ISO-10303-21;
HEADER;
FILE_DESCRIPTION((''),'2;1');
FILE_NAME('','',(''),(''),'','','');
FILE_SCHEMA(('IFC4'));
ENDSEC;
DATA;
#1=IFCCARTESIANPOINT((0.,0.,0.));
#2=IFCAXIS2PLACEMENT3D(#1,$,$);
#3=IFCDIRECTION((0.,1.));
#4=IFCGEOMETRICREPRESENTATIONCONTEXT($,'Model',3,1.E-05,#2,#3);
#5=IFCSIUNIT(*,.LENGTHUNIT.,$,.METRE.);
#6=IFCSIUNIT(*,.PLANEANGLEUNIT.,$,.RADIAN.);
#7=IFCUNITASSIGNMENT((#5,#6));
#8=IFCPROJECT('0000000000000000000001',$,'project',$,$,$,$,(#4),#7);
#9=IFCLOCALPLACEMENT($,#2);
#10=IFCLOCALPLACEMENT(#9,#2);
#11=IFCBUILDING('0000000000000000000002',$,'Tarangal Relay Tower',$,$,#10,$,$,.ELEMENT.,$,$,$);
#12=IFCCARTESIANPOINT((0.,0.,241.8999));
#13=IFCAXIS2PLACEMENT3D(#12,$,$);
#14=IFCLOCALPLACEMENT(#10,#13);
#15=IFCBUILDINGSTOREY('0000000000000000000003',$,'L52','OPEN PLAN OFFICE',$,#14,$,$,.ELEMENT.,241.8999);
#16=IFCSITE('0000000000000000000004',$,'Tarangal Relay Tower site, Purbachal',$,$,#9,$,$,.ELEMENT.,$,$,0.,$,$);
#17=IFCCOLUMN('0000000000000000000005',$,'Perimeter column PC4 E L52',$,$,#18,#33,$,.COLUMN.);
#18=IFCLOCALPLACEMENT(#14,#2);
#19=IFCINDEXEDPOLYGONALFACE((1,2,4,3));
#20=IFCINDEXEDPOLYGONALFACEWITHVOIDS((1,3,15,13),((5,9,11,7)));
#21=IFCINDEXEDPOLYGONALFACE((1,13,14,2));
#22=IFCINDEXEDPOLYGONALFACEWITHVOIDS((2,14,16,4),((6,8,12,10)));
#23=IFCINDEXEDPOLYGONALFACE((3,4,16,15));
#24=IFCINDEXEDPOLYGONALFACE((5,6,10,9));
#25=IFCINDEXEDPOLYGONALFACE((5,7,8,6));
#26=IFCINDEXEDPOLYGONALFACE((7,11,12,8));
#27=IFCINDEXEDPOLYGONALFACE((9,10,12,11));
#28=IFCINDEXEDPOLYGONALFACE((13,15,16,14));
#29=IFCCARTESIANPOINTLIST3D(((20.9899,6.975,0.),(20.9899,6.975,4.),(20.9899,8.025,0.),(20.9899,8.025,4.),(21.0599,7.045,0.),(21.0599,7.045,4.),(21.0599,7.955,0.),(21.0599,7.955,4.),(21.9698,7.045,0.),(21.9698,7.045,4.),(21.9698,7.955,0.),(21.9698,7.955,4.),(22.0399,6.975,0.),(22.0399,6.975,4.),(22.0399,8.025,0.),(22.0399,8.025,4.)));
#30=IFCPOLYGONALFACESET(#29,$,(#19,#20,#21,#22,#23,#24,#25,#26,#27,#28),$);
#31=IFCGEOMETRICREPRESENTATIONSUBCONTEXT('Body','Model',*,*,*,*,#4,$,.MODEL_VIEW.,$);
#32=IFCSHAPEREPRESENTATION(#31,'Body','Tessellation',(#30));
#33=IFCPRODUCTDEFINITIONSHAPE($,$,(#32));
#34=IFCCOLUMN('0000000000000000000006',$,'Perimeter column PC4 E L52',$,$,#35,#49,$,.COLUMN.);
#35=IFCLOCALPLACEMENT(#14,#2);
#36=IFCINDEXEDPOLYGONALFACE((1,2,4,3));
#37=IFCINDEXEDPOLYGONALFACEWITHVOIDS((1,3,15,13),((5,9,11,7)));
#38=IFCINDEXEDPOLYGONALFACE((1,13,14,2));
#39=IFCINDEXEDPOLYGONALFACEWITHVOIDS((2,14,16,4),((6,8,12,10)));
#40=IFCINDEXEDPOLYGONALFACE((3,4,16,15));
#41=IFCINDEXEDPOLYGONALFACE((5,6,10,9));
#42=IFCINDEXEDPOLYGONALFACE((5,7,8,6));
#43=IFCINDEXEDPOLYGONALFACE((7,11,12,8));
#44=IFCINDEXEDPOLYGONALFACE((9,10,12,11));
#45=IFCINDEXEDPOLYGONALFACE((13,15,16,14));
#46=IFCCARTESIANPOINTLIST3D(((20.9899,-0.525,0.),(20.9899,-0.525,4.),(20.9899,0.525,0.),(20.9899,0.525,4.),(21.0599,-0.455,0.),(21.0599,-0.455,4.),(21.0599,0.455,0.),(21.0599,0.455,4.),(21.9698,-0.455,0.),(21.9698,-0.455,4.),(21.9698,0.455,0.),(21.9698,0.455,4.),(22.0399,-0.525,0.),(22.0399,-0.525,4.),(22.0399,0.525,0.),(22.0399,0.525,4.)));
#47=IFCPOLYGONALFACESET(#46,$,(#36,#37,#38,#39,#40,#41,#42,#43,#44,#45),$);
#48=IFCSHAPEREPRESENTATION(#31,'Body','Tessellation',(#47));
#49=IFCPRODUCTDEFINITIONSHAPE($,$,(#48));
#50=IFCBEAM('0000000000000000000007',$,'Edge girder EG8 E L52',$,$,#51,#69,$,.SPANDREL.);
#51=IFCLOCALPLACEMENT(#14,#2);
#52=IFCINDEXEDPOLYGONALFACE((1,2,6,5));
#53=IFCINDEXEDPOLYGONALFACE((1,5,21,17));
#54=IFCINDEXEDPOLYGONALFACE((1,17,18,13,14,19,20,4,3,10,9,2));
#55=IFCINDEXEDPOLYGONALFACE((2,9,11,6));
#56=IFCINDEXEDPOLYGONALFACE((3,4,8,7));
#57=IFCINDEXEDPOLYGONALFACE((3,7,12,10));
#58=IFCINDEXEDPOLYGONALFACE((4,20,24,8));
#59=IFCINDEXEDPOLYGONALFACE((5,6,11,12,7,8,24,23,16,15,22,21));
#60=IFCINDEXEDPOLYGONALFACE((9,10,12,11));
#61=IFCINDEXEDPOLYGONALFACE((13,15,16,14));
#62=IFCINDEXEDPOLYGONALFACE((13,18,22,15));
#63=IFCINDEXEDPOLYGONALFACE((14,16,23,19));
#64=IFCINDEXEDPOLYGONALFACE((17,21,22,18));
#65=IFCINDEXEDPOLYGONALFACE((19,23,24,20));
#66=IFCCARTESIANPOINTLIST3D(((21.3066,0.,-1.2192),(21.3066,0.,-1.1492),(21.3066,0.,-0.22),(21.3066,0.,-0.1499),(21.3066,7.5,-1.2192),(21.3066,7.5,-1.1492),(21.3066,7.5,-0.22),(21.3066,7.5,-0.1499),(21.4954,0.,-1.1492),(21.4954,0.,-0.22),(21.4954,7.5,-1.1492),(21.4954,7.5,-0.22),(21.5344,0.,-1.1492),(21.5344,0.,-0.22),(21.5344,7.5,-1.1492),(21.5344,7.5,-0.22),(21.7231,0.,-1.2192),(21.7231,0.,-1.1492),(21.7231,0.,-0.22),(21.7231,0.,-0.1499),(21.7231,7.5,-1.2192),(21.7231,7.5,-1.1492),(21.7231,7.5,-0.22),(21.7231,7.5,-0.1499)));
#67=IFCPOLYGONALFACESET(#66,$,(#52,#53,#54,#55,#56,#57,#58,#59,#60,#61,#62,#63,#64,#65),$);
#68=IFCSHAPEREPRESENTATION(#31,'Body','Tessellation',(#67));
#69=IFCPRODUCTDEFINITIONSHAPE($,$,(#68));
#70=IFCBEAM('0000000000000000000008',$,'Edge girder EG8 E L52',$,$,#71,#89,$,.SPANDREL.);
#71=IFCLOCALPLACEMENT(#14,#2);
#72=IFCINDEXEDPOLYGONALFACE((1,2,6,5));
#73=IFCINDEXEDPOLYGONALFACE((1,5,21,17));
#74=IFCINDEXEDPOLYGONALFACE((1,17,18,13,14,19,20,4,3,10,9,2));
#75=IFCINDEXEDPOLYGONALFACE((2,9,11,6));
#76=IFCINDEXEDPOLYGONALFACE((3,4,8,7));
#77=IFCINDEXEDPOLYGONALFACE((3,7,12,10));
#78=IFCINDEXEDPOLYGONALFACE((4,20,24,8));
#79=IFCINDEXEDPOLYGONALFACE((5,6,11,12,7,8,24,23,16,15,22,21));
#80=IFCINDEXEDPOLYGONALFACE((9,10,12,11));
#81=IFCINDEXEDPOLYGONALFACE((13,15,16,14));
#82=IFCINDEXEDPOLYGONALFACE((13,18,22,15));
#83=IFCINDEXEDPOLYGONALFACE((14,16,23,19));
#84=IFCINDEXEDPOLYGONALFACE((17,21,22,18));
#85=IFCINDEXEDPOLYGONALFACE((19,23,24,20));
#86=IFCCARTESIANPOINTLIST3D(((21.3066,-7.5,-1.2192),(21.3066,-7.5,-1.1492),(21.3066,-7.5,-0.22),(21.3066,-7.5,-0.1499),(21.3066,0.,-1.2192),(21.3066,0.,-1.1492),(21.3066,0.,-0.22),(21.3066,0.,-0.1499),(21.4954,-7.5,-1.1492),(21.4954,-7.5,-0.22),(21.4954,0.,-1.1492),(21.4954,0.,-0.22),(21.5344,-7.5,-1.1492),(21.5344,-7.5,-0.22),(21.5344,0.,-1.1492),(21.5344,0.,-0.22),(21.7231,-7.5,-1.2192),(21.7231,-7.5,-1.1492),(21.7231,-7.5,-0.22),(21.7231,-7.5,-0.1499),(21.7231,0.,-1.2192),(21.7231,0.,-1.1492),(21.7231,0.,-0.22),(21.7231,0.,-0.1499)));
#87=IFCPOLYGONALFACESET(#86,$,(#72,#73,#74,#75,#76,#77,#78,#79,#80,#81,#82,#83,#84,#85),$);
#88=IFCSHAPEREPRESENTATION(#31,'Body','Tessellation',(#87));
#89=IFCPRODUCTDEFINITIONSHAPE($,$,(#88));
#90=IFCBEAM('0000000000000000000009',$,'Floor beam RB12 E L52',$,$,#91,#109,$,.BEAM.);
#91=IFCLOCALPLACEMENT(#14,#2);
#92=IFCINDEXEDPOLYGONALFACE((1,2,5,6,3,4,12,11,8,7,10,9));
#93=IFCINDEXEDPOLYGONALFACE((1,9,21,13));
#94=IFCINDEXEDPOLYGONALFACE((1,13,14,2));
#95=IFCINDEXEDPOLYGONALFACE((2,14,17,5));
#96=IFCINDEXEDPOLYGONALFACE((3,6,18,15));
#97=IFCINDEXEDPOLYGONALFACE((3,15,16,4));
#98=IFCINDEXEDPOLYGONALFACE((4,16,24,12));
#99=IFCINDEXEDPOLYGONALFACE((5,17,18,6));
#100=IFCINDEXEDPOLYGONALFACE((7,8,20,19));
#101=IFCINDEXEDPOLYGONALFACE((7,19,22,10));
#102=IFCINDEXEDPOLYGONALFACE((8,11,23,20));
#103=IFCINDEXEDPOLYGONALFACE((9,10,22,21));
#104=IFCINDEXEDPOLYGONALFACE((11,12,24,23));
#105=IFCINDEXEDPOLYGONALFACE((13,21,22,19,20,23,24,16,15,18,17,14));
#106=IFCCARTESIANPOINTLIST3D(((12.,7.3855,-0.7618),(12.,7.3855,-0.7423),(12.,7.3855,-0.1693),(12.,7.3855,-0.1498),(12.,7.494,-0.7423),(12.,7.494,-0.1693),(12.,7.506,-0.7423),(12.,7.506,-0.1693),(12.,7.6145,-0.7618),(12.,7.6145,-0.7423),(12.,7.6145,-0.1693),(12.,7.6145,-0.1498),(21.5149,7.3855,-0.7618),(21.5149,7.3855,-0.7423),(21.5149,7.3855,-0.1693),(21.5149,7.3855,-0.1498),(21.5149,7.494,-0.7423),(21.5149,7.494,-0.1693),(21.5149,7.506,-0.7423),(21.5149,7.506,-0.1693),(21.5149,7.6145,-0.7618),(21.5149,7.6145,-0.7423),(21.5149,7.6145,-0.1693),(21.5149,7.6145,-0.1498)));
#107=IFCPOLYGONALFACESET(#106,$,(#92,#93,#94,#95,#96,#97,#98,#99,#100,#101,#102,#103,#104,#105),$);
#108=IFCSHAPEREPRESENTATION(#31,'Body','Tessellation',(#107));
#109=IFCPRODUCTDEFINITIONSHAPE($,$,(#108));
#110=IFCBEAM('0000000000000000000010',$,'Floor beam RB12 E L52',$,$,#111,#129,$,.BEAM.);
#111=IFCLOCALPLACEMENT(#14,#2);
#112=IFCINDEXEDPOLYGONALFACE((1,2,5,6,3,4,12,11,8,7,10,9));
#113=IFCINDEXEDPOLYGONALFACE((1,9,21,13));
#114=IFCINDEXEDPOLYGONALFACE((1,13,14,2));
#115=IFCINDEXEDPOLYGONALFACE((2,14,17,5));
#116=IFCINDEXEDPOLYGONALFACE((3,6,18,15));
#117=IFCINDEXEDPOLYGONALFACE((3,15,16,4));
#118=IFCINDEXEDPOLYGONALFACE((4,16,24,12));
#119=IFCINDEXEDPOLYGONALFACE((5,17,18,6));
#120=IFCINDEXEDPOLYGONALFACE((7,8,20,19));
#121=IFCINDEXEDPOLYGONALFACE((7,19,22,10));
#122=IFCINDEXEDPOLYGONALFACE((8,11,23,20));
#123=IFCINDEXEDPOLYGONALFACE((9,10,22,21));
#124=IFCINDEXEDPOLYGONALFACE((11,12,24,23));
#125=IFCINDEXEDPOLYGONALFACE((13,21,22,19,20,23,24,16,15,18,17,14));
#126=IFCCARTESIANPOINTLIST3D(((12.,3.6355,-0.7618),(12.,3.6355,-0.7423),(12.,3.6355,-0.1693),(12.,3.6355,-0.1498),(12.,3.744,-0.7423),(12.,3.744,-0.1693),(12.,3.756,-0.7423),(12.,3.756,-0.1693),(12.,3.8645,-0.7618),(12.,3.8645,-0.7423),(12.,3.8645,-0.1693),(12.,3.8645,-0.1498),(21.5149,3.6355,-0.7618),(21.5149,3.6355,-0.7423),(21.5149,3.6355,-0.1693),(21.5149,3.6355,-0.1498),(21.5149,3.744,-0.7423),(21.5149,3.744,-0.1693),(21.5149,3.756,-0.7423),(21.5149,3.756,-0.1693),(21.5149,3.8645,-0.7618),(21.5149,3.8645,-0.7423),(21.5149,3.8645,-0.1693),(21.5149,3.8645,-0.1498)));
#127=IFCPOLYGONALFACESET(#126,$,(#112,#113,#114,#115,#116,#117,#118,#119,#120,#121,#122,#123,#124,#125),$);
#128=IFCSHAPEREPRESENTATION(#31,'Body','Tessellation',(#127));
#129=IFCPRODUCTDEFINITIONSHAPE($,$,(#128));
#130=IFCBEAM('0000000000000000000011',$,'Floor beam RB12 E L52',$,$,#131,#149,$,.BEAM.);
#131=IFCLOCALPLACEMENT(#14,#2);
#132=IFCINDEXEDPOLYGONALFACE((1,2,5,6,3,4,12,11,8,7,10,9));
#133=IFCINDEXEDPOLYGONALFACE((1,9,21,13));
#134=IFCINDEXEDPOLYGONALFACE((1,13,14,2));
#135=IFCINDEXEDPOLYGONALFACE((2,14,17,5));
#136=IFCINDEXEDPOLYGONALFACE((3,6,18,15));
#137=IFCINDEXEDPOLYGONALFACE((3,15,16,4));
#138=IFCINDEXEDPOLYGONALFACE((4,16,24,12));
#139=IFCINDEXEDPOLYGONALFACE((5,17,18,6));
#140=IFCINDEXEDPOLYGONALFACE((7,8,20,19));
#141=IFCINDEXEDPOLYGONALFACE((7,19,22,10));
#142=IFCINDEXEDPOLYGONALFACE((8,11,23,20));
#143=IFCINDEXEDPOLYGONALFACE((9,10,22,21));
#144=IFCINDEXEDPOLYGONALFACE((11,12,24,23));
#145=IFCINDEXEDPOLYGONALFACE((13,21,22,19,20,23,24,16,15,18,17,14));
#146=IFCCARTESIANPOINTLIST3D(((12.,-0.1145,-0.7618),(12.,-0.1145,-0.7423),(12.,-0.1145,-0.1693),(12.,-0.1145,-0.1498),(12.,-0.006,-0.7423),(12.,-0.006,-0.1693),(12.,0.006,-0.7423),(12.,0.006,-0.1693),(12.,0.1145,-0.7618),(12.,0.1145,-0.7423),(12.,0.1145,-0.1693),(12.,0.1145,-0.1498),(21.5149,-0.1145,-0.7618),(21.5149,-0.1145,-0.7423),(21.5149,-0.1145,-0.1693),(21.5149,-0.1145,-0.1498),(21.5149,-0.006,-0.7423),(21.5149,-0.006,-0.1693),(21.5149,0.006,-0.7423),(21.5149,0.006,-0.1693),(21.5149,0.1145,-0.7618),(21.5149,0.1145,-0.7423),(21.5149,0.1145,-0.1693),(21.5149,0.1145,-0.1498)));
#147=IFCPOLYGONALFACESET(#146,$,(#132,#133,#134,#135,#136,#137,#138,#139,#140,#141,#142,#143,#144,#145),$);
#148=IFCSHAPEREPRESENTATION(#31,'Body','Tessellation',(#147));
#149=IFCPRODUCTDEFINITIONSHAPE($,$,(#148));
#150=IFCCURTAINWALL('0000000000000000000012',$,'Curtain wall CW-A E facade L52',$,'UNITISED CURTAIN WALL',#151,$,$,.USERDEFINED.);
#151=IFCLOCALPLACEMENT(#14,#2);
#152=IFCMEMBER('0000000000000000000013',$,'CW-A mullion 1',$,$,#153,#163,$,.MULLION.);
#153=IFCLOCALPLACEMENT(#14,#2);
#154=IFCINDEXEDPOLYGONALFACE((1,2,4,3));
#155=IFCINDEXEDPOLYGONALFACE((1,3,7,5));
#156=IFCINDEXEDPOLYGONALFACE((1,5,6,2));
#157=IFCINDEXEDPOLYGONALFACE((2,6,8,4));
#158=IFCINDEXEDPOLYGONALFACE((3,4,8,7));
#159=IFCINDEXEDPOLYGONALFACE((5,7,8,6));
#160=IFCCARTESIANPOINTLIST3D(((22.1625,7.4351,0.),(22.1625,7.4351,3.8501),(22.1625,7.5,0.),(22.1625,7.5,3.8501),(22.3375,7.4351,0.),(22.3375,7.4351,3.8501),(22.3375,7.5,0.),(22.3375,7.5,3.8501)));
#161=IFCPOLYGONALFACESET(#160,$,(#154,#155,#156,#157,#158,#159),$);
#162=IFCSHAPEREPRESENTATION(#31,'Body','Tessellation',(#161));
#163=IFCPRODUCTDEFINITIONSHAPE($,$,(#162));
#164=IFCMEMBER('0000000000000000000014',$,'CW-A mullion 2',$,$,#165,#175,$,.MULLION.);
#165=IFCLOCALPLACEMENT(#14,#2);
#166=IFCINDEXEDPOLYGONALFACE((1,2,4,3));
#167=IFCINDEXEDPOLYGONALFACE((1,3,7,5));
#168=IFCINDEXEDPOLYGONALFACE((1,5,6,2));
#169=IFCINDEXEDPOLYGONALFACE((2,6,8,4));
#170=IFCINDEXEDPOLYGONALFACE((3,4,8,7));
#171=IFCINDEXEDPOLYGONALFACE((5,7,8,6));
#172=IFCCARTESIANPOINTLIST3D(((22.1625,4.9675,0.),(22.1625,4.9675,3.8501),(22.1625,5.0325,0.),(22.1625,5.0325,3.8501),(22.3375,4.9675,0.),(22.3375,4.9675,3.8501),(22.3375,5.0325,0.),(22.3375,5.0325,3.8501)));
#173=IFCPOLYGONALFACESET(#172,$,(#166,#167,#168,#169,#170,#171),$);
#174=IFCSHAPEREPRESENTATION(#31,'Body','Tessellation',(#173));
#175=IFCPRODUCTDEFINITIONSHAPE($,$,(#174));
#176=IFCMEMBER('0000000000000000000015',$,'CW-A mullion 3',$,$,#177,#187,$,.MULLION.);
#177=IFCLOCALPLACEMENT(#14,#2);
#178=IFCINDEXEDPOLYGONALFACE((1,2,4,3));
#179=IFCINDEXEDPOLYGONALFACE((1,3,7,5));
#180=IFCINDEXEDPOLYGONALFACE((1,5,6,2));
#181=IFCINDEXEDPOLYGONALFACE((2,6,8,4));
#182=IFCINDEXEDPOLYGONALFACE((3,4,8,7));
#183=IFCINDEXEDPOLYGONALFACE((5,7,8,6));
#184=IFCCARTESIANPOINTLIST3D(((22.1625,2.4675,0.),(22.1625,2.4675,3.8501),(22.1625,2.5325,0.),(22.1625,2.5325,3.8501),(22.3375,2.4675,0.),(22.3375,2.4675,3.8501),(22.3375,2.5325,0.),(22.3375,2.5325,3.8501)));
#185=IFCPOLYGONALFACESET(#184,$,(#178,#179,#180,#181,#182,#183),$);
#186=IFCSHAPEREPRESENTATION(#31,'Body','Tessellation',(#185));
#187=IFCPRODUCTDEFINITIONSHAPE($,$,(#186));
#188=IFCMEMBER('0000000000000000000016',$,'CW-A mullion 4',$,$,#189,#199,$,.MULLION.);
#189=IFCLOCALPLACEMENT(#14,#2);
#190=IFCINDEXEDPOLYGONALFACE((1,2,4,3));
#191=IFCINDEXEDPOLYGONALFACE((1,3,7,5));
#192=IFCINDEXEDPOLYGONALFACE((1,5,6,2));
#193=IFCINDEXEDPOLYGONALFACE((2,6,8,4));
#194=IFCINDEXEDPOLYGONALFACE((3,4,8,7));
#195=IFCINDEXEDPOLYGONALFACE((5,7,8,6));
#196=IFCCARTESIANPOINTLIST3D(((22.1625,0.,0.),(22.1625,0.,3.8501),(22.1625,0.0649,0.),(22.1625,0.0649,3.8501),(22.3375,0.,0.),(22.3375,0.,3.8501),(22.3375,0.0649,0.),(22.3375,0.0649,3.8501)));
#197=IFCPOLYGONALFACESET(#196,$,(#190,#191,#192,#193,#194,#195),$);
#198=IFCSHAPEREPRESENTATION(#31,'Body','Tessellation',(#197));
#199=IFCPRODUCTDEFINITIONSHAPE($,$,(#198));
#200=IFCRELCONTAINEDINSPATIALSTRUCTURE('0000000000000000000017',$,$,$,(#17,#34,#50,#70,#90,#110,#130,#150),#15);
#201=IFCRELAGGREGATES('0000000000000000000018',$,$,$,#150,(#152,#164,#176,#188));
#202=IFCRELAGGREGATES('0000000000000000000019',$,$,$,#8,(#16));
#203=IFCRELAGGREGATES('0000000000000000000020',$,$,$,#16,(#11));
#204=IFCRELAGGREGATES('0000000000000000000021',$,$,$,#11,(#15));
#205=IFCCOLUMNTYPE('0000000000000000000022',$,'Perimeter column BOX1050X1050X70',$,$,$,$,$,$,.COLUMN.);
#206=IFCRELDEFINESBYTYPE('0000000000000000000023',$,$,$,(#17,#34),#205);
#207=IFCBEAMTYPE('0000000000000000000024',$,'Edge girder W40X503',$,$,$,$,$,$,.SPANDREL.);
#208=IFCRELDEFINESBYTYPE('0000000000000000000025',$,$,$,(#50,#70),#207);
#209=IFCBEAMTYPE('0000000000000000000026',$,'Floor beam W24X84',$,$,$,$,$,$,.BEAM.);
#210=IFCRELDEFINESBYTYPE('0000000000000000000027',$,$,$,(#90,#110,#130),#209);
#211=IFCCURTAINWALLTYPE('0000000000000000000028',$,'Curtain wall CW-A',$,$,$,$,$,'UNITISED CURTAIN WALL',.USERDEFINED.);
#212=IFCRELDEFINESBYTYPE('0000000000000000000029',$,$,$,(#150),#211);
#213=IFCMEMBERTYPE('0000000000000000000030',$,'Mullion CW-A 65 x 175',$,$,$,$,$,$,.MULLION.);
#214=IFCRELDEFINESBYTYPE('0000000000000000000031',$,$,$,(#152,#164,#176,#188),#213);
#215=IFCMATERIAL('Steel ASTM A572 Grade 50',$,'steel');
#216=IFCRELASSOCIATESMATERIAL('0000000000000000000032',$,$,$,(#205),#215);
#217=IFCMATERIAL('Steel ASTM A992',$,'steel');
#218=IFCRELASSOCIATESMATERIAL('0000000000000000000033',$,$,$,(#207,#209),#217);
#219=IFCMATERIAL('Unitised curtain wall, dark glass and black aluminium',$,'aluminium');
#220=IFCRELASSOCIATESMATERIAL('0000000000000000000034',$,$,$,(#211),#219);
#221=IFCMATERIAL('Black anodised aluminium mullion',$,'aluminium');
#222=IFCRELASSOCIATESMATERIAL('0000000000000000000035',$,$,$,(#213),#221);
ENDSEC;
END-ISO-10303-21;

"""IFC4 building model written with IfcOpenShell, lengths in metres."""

from ifc_helpers import new_model, si_unit, direction, frame, origin, origin_2d, place, context, subcontext, project, spatial, rectangle, hollow_rectangle, i_section, extrude, material, material_profile, profile_set, type_object, element, aggregate, save


model = new_model("IFC4")

# Units and contexts
model_context = context("Model", 3, precision=1e-05, world=origin(), true_north=direction((0.0, 1.0)))
body_context = subcontext(model_context, "Body", "Model", "MODEL_VIEW")
ifc_project = project(units=[si_unit("LENGTHUNIT", "METRE"), si_unit("PLANEANGLEUNIT", "RADIAN")], contexts=[model_context])

# Site, building, storey
site_placement = place(None, origin())
site = spatial("IfcSite", under=ifc_project, at=site_placement, Name="Tarangal Relay Tower site, Purbachal", CompositionType="ELEMENT", RefElevation=0.0)
building_placement = place(site_placement, origin())
building = spatial("IfcBuilding", under=site, at=building_placement, Name="Tarangal Relay Tower", CompositionType="ELEMENT")
storey_placement = place(building_placement, frame((0.0, 0.0, 241.8999)))
storey = spatial("IfcBuildingStorey", under=building, at=storey_placement, Name="L52", Description="OPEN PLAN OFFICE", CompositionType="ELEMENT", Elevation=241.8999)

# Columns
ifc_material_1 = material(Name="Steel ASTM A572 Grade 50", Category="steel")
ifc_material_profile_1 = material_profile(ifc_material_1, hollow_rectangle(XDim=1.05, YDim=1.05, WallThickness=0.0701, at=origin_2d()), Name="BOX1050X1050X70")
ifc_profile_set_1 = profile_set([ifc_material_profile_1], Name="Steel ASTM A572 Grade 50")
column_type = type_object("IfcColumnType", Name="Perimeter column BOX1050X1050X70", PredefinedType="COLUMN", material=ifc_profile_set_1)
for number, where, z_axis, x_axis, name in (
    (1, (21.5149, 7.5, 0.0), (0.0, 0.0, 1.0), (1.0, 0.0, 0.0), "Perimeter column PC4 E L52"),
    (2, (21.5149, 0.0, 0.0), (0.0, 0.0, 1.0), (1.0, 0.0, 0.0), "Perimeter column PC4 E L52"),
):
    element("IfcColumn", number, at=place(storey_placement, frame(where, z_axis=z_axis, x_axis=x_axis)), inside=storey, type_object=column_type, Name=name, PredefinedType="COLUMN", context=body_context, shape_type="SweptSolid", body=[
        extrude(hollow_rectangle(XDim=1.05, YDim=1.05, WallThickness=0.0701, at=origin_2d()), origin(), (0.0, 0.0, 1.0), 4.0),
    ])

# Beams
ifc_material_2 = material(Name="Steel ASTM A992", Category="steel")
ifc_material_profile_2 = material_profile(ifc_material_2, i_section(OverallWidth=0.4165, OverallDepth=1.0693, WebThickness=0.0391, FlangeThickness=0.0701, at=origin_2d()), Name="W40X503")
ifc_profile_set_2 = profile_set([ifc_material_profile_2], Name="Steel ASTM A992")
beam_type_1 = type_object("IfcBeamType", Name="Edge girder W40X503", PredefinedType="SPANDREL", material=ifc_profile_set_2)
for number, where, z_axis, x_axis, name in (
    (3, (21.5149, 7.5, -0.6846), (0.0, -1.0, 0.0), (1.0, 0.0, 0.0), "Edge girder EG8 E L52"),
    (4, (21.5149, 0.0, -0.6846), (0.0, -1.0, 0.0), (1.0, 0.0, 0.0), "Edge girder EG8 E L52"),
):
    element("IfcBeam", number, at=place(storey_placement, frame(where, z_axis=z_axis, x_axis=x_axis)), inside=storey, type_object=beam_type_1, Name=name, PredefinedType="SPANDREL", context=body_context, shape_type="SweptSolid", body=[
        extrude(i_section(OverallWidth=0.4165, OverallDepth=1.0693, WebThickness=0.0391, FlangeThickness=0.0701, at=origin_2d()), origin(), (0.0, 0.0, 1.0), 7.5),
    ])
ifc_material_profile_3 = material_profile(ifc_material_2, i_section(OverallWidth=0.229, OverallDepth=0.6121, WebThickness=0.012, FlangeThickness=0.0195, at=origin_2d()), Name="W24X84")
ifc_profile_set_3 = profile_set([ifc_material_profile_3], Name="Steel ASTM A992")
beam_type_2 = type_object("IfcBeamType", Name="Floor beam W24X84", PredefinedType="BEAM", material=ifc_profile_set_3)
for number, where, z_axis, x_axis, name in (
    (5, (12.0, 7.5, -0.4558), (1.0, 0.0, 0.0), (0.0, 1.0, 0.0), "Floor beam RB12 E L52"),
    (6, (12.0, 3.75, -0.4558), (1.0, 0.0, 0.0), (0.0, 1.0, 0.0), "Floor beam RB12 E L52"),
    (7, (12.0, 0.0, -0.4558), (1.0, 0.0, 0.0), (0.0, 1.0, 0.0), "Floor beam RB12 E L52"),
):
    element("IfcBeam", number, at=place(storey_placement, frame(where, z_axis=z_axis, x_axis=x_axis)), inside=storey, type_object=beam_type_2, Name=name, PredefinedType="BEAM", context=body_context, shape_type="SweptSolid", body=[
        extrude(i_section(OverallWidth=0.229, OverallDepth=0.6121, WebThickness=0.012, FlangeThickness=0.0195, at=origin_2d()), origin(), (0.0, 0.0, 1.0), 9.5149),
    ])

# Curtain wall, members
ifc_material_3 = material(Name="Unitised curtain wall, dark glass and black aluminium", Category="aluminium")
curtain_wall_type_1 = type_object("IfcCurtainWallType", Name="Curtain wall CW-A", ElementType="UNITISED CURTAIN WALL", PredefinedType="USERDEFINED", material=ifc_material_3)
curtain_wall_1_placement = place(storey_placement, origin())
curtain_wall_1 = element("IfcCurtainWall", 8, at=curtain_wall_1_placement, inside=storey, type_object=curtain_wall_type_1, Name="Curtain wall CW-A E facade L52", ObjectType="UNITISED CURTAIN WALL", PredefinedType="USERDEFINED")
ifc_material_4 = material(Name="Black anodised aluminium mullion", Category="aluminium")
ifc_material_profile_4 = material_profile(ifc_material_4, rectangle(XDim=0.175, YDim=0.0649, at=origin_2d()), Name="CW-AM 65X175")
ifc_profile_set_4 = profile_set([ifc_material_profile_4], Name="Black anodised aluminium mullion")
member_type_1 = type_object("IfcMemberType", Name="Mullion CW-A 65 x 175", PredefinedType="MULLION", material=ifc_profile_set_4)
member_1_placement = place(storey_placement, frame((22.25, 7.4675, 0.0), z_axis=(0.0, 0.0, 1.0), x_axis=(1.0, 0.0, 0.0)))
member_1 = element("IfcMember", 9, at=member_1_placement, type_object=member_type_1, Name="CW-A mullion 1", PredefinedType="MULLION", context=body_context, shape_type="SweptSolid", body=[
    extrude(rectangle(XDim=0.175, YDim=0.0649, at=origin_2d()), origin(), (0.0, 0.0, 1.0), 3.8501),
])
member_2_placement = place(storey_placement, frame((22.25, 5.0, 0.0), z_axis=(0.0, 0.0, 1.0), x_axis=(1.0, 0.0, 0.0)))
member_2 = element("IfcMember", 10, at=member_2_placement, type_object=member_type_1, Name="CW-A mullion 2", PredefinedType="MULLION", context=body_context, shape_type="SweptSolid", body=[
    extrude(rectangle(XDim=0.175, YDim=0.0649, at=origin_2d()), origin(), (0.0, 0.0, 1.0), 3.8501),
])
member_3_placement = place(storey_placement, frame((22.25, 2.5, 0.0), z_axis=(0.0, 0.0, 1.0), x_axis=(1.0, 0.0, 0.0)))
member_3 = element("IfcMember", 11, at=member_3_placement, type_object=member_type_1, Name="CW-A mullion 3", PredefinedType="MULLION", context=body_context, shape_type="SweptSolid", body=[
    extrude(rectangle(XDim=0.175, YDim=0.0649, at=origin_2d()), origin(), (0.0, 0.0, 1.0), 3.8501),
])
member_4_placement = place(storey_placement, frame((22.25, 0.0325, 0.0), z_axis=(0.0, 0.0, 1.0), x_axis=(1.0, 0.0, 0.0)))
member_4 = element("IfcMember", 12, at=member_4_placement, type_object=member_type_1, Name="CW-A mullion 4", PredefinedType="MULLION", context=body_context, shape_type="SweptSolid", body=[
    extrude(rectangle(XDim=0.175, YDim=0.0649, at=origin_2d()), origin(), (0.0, 0.0, 1.0), 3.8501),
])

aggregate(curtain_wall_1, [member_1, member_2, member_3, member_4])

save(model, "model.ifc")
